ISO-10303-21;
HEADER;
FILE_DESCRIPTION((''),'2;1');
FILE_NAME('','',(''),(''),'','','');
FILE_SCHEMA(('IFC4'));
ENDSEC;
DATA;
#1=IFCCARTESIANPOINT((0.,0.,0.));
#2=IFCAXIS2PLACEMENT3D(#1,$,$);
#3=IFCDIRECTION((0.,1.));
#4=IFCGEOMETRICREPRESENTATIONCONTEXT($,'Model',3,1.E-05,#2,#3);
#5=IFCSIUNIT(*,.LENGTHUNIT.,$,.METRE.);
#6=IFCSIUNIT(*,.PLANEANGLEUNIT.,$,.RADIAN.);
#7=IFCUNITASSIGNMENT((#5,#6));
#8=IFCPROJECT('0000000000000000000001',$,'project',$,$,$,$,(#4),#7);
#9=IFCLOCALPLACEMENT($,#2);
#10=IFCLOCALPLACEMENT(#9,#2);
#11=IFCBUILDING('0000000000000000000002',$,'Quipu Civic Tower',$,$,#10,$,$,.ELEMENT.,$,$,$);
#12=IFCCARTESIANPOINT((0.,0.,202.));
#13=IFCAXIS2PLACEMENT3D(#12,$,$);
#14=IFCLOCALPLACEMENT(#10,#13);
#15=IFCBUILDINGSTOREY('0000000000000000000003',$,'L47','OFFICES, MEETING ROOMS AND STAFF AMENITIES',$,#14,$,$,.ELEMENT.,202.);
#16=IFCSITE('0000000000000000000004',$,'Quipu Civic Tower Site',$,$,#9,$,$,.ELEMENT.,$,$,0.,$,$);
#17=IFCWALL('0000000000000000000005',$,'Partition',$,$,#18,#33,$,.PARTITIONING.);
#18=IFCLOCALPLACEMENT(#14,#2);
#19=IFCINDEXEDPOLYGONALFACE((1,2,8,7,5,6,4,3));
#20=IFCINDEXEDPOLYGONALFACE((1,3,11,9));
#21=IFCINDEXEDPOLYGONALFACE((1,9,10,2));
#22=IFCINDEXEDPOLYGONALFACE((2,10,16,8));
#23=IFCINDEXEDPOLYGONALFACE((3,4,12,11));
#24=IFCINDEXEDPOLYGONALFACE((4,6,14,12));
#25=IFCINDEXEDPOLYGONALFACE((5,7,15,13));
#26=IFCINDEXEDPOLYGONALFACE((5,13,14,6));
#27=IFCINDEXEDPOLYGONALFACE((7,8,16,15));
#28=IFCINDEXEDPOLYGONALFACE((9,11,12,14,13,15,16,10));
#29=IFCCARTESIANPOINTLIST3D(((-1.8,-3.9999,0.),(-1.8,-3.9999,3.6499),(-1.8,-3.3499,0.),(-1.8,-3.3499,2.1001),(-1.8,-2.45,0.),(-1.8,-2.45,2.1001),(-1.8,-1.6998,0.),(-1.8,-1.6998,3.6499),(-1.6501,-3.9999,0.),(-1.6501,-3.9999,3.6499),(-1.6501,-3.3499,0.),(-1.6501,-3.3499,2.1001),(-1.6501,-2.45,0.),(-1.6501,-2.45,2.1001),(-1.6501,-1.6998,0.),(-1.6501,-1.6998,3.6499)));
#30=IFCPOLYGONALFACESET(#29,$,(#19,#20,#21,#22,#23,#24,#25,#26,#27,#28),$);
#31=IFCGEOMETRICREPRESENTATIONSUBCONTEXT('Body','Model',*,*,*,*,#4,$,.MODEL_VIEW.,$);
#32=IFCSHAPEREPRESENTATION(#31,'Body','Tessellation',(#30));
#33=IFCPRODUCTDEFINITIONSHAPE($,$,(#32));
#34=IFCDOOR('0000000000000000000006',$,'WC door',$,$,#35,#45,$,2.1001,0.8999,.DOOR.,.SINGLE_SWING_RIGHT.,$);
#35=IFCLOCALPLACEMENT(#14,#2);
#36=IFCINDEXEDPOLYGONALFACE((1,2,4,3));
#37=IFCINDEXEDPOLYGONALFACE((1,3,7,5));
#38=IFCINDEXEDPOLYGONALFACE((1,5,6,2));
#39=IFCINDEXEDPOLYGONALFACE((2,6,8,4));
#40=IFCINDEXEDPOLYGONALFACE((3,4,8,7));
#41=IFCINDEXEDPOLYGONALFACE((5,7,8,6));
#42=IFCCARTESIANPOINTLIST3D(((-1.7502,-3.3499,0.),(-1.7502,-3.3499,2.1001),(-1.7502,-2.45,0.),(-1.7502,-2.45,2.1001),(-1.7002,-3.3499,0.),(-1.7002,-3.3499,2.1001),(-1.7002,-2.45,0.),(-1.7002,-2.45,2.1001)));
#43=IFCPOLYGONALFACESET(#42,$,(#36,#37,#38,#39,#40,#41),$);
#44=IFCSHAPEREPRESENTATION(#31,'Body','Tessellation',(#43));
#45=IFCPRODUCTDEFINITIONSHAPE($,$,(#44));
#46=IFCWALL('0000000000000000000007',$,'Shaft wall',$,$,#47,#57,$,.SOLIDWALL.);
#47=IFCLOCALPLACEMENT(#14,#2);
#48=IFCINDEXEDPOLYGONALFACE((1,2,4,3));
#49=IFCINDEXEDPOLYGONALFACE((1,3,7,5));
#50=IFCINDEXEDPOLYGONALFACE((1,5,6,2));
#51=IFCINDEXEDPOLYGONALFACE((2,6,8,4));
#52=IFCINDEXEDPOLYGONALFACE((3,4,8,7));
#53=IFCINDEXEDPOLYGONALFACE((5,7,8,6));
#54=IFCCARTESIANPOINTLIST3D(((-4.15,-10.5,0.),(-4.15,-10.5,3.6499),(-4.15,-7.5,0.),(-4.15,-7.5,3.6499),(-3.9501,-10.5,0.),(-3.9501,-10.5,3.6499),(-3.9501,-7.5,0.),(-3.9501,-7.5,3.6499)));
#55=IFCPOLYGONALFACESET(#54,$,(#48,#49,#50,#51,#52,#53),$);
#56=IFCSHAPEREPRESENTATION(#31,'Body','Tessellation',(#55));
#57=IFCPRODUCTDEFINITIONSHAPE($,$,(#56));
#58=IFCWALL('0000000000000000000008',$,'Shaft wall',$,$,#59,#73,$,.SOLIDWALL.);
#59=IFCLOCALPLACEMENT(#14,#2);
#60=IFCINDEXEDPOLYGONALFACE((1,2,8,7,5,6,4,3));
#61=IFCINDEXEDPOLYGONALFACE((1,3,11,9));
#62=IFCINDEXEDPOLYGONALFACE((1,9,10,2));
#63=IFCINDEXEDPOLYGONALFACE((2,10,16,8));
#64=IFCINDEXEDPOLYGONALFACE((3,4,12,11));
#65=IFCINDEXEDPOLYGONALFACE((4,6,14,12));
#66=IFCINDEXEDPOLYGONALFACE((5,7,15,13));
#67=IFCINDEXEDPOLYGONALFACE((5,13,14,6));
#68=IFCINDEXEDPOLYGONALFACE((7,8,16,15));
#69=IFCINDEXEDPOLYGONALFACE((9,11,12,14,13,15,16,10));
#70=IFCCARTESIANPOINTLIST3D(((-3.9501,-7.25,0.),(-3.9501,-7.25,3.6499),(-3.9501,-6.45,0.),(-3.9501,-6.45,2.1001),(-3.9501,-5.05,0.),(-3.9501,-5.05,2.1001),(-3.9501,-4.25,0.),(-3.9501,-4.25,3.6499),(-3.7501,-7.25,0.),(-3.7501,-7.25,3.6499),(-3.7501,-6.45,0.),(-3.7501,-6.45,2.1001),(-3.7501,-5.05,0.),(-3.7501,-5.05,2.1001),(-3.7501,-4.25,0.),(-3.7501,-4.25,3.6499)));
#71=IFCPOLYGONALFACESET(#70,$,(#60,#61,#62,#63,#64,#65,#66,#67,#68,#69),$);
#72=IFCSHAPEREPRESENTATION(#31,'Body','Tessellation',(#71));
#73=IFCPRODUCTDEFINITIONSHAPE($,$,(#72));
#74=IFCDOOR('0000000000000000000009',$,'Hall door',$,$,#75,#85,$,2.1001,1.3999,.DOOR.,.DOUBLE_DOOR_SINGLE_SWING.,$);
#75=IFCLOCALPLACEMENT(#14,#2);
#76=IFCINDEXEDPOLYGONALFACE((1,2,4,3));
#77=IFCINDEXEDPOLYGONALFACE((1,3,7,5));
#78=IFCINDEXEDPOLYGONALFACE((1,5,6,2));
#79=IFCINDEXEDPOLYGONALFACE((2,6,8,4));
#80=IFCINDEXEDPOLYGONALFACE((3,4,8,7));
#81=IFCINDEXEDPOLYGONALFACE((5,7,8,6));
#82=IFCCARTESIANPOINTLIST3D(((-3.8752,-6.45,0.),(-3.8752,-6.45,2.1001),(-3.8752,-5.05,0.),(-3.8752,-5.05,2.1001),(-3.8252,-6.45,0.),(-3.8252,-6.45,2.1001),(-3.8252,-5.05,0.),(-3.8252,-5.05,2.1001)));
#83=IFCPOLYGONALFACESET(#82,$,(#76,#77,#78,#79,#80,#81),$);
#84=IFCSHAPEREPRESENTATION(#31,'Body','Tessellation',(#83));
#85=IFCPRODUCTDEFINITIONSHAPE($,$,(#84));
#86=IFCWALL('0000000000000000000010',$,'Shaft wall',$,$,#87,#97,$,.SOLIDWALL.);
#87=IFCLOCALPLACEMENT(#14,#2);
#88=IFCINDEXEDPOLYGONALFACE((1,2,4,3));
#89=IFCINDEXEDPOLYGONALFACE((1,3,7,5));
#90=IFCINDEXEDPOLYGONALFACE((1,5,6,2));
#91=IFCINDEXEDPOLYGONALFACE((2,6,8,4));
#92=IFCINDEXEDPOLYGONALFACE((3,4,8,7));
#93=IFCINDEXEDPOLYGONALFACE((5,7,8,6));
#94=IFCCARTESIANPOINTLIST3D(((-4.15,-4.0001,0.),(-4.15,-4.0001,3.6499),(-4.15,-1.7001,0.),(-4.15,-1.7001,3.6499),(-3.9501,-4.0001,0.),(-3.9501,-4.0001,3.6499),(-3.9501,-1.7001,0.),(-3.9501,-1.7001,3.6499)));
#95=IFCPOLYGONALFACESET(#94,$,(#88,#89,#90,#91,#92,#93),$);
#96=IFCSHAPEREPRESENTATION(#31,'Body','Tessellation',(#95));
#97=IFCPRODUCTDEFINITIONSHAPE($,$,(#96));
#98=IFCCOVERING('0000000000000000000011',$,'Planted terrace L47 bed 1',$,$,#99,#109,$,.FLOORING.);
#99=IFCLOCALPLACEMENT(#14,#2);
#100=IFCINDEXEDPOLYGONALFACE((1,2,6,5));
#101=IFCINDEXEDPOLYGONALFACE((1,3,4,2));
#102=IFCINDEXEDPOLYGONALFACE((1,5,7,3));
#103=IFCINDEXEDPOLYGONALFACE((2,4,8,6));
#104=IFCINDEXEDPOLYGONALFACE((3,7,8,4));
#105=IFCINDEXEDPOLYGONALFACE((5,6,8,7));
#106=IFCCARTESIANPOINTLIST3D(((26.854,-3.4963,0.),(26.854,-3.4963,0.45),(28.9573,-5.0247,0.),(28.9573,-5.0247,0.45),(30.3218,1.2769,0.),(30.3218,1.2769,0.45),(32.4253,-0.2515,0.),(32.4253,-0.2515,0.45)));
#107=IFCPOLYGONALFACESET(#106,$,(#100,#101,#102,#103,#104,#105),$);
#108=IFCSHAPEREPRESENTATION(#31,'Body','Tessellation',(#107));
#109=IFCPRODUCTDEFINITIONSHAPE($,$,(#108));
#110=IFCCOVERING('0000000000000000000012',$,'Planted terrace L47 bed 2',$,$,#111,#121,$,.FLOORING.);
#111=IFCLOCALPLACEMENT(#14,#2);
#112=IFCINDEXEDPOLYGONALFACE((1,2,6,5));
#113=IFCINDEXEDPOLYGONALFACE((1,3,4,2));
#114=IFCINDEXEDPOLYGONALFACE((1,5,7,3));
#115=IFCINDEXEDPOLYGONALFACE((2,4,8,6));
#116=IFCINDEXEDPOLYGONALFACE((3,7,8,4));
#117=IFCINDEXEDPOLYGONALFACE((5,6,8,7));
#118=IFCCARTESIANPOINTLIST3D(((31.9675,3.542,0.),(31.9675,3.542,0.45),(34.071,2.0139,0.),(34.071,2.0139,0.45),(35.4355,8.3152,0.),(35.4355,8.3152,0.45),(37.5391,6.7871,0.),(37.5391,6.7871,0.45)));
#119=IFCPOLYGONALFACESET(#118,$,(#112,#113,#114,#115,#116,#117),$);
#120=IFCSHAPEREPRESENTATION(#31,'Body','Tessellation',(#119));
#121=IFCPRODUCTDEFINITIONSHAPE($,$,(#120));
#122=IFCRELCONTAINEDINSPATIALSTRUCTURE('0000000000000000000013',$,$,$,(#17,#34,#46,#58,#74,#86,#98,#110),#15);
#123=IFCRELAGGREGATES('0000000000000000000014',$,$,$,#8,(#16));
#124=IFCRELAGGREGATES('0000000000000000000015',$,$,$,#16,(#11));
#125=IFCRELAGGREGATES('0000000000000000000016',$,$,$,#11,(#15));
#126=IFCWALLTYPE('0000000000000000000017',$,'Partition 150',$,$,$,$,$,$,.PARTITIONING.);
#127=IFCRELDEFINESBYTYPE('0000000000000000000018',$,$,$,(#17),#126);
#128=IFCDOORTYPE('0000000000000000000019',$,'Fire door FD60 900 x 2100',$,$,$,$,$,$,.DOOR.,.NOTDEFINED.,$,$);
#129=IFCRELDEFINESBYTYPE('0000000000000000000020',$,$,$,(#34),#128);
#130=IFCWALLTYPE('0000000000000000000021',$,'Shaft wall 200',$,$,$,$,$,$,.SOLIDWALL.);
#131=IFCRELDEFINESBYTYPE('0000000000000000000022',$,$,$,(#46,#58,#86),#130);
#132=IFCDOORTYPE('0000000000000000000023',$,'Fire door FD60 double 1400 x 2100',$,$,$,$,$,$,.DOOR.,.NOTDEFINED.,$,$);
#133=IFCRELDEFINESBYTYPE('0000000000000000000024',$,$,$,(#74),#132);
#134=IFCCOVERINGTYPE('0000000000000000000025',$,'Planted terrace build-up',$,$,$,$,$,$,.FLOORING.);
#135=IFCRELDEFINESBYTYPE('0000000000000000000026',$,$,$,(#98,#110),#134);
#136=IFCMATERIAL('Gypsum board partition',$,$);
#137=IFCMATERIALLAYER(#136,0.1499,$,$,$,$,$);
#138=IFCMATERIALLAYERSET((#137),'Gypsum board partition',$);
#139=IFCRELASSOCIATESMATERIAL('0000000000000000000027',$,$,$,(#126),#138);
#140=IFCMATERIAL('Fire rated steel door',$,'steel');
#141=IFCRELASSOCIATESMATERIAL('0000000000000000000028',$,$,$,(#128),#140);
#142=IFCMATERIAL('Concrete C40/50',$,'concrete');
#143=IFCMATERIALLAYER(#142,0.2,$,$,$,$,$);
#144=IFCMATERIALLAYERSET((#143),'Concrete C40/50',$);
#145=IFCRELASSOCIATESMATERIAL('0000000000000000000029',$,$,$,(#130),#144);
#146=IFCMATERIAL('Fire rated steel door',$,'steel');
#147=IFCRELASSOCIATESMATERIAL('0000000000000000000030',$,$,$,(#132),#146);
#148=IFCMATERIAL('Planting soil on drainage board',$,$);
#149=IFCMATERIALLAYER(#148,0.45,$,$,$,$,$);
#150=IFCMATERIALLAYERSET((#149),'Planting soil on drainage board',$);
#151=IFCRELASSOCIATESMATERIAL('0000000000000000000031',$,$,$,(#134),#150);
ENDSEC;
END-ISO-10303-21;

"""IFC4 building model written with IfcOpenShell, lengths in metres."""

from ifc_helpers import new_model, si_unit, direction, frame, frame_2d, origin, place, context, subcontext, project, spatial, polyline, rectangle, outline, extrude, material, layer, layer_set, type_object, element, fill, save


model = new_model("IFC4")

# Units and contexts
model_context = context("Model", 3, precision=1e-05, world=origin(), true_north=direction((0.0, 1.0)))
body_context = subcontext(model_context, "Body", "Model", "MODEL_VIEW")
ifc_project = project(units=[si_unit("LENGTHUNIT", "METRE"), si_unit("PLANEANGLEUNIT", "RADIAN")], contexts=[model_context])

# Site, building, storey
site_placement = place(None, origin())
site = spatial("IfcSite", under=ifc_project, at=site_placement, Name="Quipu Civic Tower Site", CompositionType="ELEMENT", RefElevation=0.0)
building_placement = place(site_placement, origin())
building = spatial("IfcBuilding", under=site, at=building_placement, Name="Quipu Civic Tower", CompositionType="ELEMENT")
storey_placement = place(building_placement, frame((0.0, 0.0, 202.0)))
storey = spatial("IfcBuildingStorey", under=building, at=storey_placement, Name="L47", Description="OFFICES, MEETING ROOMS AND STAFF AMENITIES", CompositionType="ELEMENT", Elevation=202.0)

# Shared definitions
ifc_material_1 = material(Name="Gypsum board partition")
ifc_layer_1 = layer(ifc_material_1, 0.1499)
ifc_layer_set_1 = layer_set([ifc_layer_1], Name="Gypsum board partition")
wall_type_1 = type_object("IfcWallType", Name="Partition 150", PredefinedType="PARTITIONING", material=ifc_layer_set_1)

# Shared definitions
ifc_material_2 = material(Name="Fire rated steel door", Category="steel")
door_type_1 = type_object("IfcDoorType", Name="Fire door FD60 900 x 2100", OperationType="NOTDEFINED", PredefinedType="DOOR", material=ifc_material_2)

# Wall, opening, door
wall_1_placement = place(storey_placement, frame((-1.7251, -1.7, 0.0), z_axis=(0.0, 0.0, 1.0), x_axis=(0.0, -1.0, 0.0)))
wall_1 = element("IfcWall", 1, at=wall_1_placement, inside=storey, type_object=wall_type_1, Name="Partition", PredefinedType="PARTITIONING", context=body_context, shape_type="SweptSolid", body=[
    extrude(rectangle(XDim=2.3, YDim=0.1499, at=frame_2d((1.1499, 0.0))), origin(), (0.0, 0.0, 1.0), 3.6499),
])
opening_1_placement = place(wall_1_placement, frame((0.75, 0.0, 0.0)))
opening_1 = element("IfcOpeningElement", 2, at=opening_1_placement, cuts=wall_1, PredefinedType="OPENING", context=body_context, shape_type="SweptSolid", body=[
    extrude(rectangle(XDim=0.8999, YDim=2.1001, at=frame_2d((0.45, 1.05))), frame((0.0, 0.085, 0.0), z_axis=(0.0, -1.0, 0.0), x_axis=(1.0, 0.0, 0.0)), (0.0, 0.0, 1.0), 0.1699),
])
door_1_placement = place(opening_1_placement, origin())
door_1 = element("IfcDoor", 3, at=door_1_placement, inside=storey, type_object=door_type_1, Name="WC door", OperationType="SINGLE_SWING_RIGHT", OverallHeight=2.1001, OverallWidth=0.8999, PredefinedType="DOOR", context=body_context, shape_type="SweptSolid", body=[
    extrude(rectangle(XDim=0.8999, YDim=2.1001, at=frame_2d((0.45, 1.05))), frame((0.0, 0.0249, 0.0), z_axis=(0.0, -1.0, 0.0), x_axis=(1.0, 0.0, 0.0)), (0.0, 0.0, 1.0), 0.05),
])
fill(opening_1, door_1)

# Wall
ifc_material_3 = material(Name="Concrete C40/50", Category="concrete")
ifc_layer_2 = layer(ifc_material_3, 0.2)
ifc_layer_set_2 = layer_set([ifc_layer_2], Name="Concrete C40/50")
wall_type_2 = type_object("IfcWallType", Name="Shaft wall 200", PredefinedType="SOLIDWALL", material=ifc_layer_set_2)
wall_2_placement = place(storey_placement, frame((-4.05, -10.5, 0.0), z_axis=(0.0, 0.0, 1.0), x_axis=(0.0, 1.0, 0.0)))
element("IfcWall", 4, at=wall_2_placement, inside=storey, type_object=wall_type_2, Name="Shaft wall", PredefinedType="SOLIDWALL", context=body_context, shape_type="SweptSolid", body=[
    extrude(rectangle(XDim=3.0, YDim=0.2, at=frame_2d((1.5, 0.0))), origin(), (0.0, 0.0, 1.0), 3.6499),
])

# Wall, opening, door
wall_3_placement = place(storey_placement, frame((-3.8501, -4.25, 0.0), z_axis=(0.0, 0.0, 1.0), x_axis=(0.0, -1.0, 0.0)))
wall_3 = element("IfcWall", 5, at=wall_3_placement, inside=storey, type_object=wall_type_2, Name="Shaft wall", PredefinedType="SOLIDWALL", context=body_context, shape_type="SweptSolid", body=[
    extrude(rectangle(XDim=3.0, YDim=0.2, at=frame_2d((1.5, 0.0))), origin(), (0.0, 0.0, 1.0), 3.6499),
])
opening_2_placement = place(wall_3_placement, frame((0.8, 0.0, 0.0)))
opening_2 = element("IfcOpeningElement", 6, at=opening_2_placement, cuts=wall_3, PredefinedType="OPENING", context=body_context, shape_type="SweptSolid", body=[
    extrude(rectangle(XDim=1.3999, YDim=2.1001, at=frame_2d((0.7, 1.05))), frame((0.0, 0.1099, 0.0), z_axis=(0.0, -1.0, 0.0), x_axis=(1.0, 0.0, 0.0)), (0.0, 0.0, 1.0), 0.22),
])
ifc_material_4 = material(Name="Fire rated steel door", Category="steel")
door_type_2 = type_object("IfcDoorType", Name="Fire door FD60 double 1400 x 2100", OperationType="NOTDEFINED", PredefinedType="DOOR", material=ifc_material_4)
door_2_placement = place(opening_2_placement, origin())
door_2 = element("IfcDoor", 7, at=door_2_placement, inside=storey, type_object=door_type_2, Name="Hall door", OperationType="DOUBLE_DOOR_SINGLE_SWING", OverallHeight=2.1001, OverallWidth=1.3999, PredefinedType="DOOR", context=body_context, shape_type="SweptSolid", body=[
    extrude(rectangle(XDim=1.3999, YDim=2.1001, at=frame_2d((0.7, 1.05))), frame((0.0, 0.0249, 0.0), z_axis=(0.0, -1.0, 0.0), x_axis=(1.0, 0.0, 0.0)), (0.0, 0.0, 1.0), 0.05),
])
fill(opening_2, door_2)

# Wall
wall_4_placement = place(storey_placement, frame((-4.05, -4.0, 0.0), z_axis=(0.0, 0.0, 1.0), x_axis=(0.0, 1.0, 0.0)))
element("IfcWall", 8, at=wall_4_placement, inside=storey, type_object=wall_type_2, Name="Shaft wall", PredefinedType="SOLIDWALL", context=body_context, shape_type="SweptSolid", body=[
    extrude(rectangle(XDim=2.3, YDim=0.2, at=frame_2d((1.1499, 0.0))), origin(), (0.0, 0.0, 1.0), 3.6499),
])

# Coverings
ifc_material_5 = material(Name="Planting soil on drainage board")
ifc_layer_3 = layer(ifc_material_5, 0.45)
ifc_layer_set_3 = layer_set([ifc_layer_3], Name="Planting soil on drainage board")
covering_type = type_object("IfcCoveringType", Name="Planted terrace build-up", PredefinedType="FLOORING", material=ifc_layer_set_3)
covering_1_placement = place(storey_placement, origin())
element("IfcCovering", 9, at=covering_1_placement, inside=storey, type_object=covering_type, Name="Planted terrace L47 bed 1", PredefinedType="FLOORING", context=body_context, shape_type="SweptSolid", body=[
    extrude(outline(polyline([(30.3218, 1.2769), (32.4253, -0.2515), (28.9573, -5.0247), (26.854, -3.4963), (30.3218, 1.2769)])), origin(), (0.0, 0.0, 1.0), 0.45),
])
covering_2_placement = place(storey_placement, origin())
element("IfcCovering", 10, at=covering_2_placement, inside=storey, type_object=covering_type, Name="Planted terrace L47 bed 2", PredefinedType="FLOORING", context=body_context, shape_type="SweptSolid", body=[
    extrude(outline(polyline([(35.4355, 8.3152), (37.5391, 6.7871), (34.071, 2.0139), (31.9675, 3.542), (35.4355, 8.3152)])), origin(), (0.0, 0.0, 1.0), 0.45),
])

save(model, "model.ifc")
